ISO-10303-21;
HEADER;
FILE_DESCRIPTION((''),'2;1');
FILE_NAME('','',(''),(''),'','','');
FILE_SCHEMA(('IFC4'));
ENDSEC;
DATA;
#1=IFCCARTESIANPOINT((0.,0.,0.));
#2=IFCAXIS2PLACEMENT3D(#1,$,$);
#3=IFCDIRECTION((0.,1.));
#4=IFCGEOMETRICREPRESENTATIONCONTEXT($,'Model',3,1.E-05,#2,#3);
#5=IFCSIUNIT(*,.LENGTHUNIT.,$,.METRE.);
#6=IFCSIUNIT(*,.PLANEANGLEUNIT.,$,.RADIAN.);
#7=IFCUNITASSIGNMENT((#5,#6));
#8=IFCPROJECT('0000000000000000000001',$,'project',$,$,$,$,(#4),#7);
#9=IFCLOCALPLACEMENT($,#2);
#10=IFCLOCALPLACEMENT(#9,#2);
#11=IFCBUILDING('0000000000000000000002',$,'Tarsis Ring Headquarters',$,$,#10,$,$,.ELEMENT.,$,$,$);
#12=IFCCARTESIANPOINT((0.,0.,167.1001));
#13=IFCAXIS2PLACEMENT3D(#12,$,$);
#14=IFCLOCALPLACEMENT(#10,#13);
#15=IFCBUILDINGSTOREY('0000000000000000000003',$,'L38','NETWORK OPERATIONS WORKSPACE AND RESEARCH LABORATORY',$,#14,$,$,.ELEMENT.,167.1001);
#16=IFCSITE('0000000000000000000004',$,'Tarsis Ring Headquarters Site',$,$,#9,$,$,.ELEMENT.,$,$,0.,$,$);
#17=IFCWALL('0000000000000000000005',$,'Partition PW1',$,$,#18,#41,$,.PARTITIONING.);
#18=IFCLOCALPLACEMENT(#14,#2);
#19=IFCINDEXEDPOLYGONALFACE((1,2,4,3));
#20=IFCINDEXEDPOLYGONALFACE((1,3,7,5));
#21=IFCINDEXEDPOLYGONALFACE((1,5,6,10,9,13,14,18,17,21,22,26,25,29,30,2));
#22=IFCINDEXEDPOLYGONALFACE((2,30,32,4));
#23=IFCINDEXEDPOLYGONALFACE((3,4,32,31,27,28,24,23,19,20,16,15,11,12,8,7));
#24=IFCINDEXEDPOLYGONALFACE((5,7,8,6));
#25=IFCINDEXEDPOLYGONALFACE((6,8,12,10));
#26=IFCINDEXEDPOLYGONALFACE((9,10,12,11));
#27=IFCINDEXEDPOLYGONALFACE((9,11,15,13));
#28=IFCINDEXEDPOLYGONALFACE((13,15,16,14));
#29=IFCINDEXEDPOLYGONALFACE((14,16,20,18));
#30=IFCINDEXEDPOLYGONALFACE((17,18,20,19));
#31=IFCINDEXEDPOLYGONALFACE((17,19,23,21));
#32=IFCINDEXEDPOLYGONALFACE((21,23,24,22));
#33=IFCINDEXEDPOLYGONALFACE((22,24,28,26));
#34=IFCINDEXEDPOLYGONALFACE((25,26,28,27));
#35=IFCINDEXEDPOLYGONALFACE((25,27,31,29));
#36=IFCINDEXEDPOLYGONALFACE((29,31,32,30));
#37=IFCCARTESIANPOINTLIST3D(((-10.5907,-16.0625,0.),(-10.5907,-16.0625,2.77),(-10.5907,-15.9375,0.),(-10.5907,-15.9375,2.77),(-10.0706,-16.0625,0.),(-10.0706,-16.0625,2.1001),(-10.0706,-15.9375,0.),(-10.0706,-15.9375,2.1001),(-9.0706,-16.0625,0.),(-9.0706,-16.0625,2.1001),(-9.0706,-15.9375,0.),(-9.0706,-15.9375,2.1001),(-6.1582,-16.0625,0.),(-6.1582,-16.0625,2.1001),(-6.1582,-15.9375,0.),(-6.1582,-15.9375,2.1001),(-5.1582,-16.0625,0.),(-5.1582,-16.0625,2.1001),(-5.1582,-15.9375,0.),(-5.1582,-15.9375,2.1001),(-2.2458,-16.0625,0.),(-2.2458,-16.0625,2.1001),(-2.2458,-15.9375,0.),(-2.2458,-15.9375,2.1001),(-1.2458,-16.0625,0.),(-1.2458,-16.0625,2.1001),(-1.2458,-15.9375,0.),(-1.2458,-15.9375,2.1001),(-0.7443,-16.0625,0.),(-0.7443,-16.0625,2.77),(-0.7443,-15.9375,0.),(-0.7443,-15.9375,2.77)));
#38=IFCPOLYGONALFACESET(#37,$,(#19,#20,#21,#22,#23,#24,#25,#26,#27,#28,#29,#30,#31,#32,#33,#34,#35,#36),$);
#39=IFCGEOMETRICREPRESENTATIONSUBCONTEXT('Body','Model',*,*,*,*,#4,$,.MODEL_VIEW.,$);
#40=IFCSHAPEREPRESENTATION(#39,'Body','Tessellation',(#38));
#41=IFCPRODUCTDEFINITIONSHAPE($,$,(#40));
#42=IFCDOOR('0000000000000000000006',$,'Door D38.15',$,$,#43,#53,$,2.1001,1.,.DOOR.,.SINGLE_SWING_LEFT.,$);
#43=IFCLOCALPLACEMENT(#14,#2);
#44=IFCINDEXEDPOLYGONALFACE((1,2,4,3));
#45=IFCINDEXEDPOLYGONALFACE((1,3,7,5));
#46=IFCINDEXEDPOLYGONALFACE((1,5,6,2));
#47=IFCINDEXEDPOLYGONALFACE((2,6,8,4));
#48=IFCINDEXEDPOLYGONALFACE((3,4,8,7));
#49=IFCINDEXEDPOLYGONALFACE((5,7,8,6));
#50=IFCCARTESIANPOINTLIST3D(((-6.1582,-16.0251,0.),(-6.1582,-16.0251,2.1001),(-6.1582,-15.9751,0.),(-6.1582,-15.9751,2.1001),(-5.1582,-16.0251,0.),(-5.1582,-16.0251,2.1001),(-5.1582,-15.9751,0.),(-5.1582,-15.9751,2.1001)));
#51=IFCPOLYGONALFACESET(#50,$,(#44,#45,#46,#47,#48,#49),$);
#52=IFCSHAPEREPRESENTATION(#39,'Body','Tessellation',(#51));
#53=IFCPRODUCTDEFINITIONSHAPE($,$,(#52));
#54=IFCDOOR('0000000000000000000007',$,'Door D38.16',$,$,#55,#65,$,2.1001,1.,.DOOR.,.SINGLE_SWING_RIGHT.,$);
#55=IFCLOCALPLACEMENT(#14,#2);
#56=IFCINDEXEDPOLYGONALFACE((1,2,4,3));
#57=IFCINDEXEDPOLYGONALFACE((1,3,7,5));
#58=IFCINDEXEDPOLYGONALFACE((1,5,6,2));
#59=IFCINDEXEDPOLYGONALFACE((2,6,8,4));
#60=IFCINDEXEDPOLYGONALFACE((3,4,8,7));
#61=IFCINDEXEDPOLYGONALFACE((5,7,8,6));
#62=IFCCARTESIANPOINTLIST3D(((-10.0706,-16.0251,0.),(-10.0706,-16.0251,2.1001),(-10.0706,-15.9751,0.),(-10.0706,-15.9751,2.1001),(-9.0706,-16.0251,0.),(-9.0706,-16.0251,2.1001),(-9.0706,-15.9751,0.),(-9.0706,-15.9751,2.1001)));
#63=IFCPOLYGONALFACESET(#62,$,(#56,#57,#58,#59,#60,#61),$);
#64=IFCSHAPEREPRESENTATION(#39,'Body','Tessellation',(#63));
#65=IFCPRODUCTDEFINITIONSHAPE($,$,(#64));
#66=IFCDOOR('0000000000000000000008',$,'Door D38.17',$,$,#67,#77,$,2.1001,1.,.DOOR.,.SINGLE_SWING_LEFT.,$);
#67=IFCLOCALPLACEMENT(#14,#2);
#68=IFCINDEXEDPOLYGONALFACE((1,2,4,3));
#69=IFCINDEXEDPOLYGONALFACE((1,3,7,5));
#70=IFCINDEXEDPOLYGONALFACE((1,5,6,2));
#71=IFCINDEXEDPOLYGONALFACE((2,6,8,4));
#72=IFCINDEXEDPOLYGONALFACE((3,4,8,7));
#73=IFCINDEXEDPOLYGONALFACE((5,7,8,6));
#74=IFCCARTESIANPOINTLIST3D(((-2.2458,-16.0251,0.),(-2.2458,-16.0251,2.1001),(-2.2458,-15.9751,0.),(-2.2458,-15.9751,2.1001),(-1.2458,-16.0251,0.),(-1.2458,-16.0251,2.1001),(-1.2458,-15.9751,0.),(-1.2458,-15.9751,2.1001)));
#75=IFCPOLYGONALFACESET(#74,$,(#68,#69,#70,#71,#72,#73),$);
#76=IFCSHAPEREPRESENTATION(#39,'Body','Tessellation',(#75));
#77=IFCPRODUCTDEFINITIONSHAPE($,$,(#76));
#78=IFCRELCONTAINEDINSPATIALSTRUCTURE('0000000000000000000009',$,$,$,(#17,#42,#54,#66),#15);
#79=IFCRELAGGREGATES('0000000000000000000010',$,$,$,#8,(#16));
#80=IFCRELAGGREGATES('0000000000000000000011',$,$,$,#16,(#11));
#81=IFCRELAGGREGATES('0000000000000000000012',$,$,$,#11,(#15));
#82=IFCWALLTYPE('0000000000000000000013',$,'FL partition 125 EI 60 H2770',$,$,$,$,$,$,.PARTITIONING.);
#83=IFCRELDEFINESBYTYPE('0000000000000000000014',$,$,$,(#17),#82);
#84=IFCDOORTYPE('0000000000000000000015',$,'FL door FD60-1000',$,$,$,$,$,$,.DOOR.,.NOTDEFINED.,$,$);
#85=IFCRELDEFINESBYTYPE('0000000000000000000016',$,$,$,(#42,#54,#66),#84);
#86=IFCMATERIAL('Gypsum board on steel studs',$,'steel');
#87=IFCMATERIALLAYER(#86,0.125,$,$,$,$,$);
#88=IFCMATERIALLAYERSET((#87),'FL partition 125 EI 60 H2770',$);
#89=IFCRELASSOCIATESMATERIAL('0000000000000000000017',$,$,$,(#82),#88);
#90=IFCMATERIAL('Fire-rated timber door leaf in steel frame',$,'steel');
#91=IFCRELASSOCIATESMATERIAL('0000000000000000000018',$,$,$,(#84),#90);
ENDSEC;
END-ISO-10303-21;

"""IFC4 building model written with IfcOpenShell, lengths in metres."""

from ifc_helpers import new_model, si_unit, direction, frame, frame_2d, origin, place, context, subcontext, project, spatial, rectangle, extrude, material, layer, layer_set, type_object, element, fill, save


model = new_model("IFC4")

# Units and contexts
model_context = context("Model", 3, precision=1e-05, world=origin(), true_north=direction((0.0, 1.0)))
body_context = subcontext(model_context, "Body", "Model", "MODEL_VIEW")
ifc_project = project(units=[si_unit("LENGTHUNIT", "METRE"), si_unit("PLANEANGLEUNIT", "RADIAN")], contexts=[model_context])

# Site, building, storey
site_placement = place(None, origin())
site = spatial("IfcSite", under=ifc_project, at=site_placement, Name="Tarsis Ring Headquarters Site", CompositionType="ELEMENT", RefElevation=0.0)
building_placement = place(site_placement, origin())
building = spatial("IfcBuilding", under=site, at=building_placement, Name="Tarsis Ring Headquarters", CompositionType="ELEMENT")
storey_placement = place(building_placement, frame((0.0, 0.0, 167.1001)))
storey = spatial("IfcBuildingStorey", under=building, at=storey_placement, Name="L38", Description="NETWORK OPERATIONS WORKSPACE AND RESEARCH LABORATORY", CompositionType="ELEMENT", Elevation=167.1001)

# Shared definitions
ifc_material_1 = material(Name="Gypsum board on steel studs", Category="steel")
ifc_layer_1 = layer(ifc_material_1, 0.125)
ifc_layer_set_1 = layer_set([ifc_layer_1], Name="FL partition 125 EI 60 H2770")
wall_type_1 = type_object("IfcWallType", Name="FL partition 125 EI 60 H2770", PredefinedType="PARTITIONING", material=ifc_layer_set_1)

# Wall, openings, doors
wall_1_placement = place(storey_placement, frame((-10.5908, -16.0, 0.0), z_axis=(0.0, 0.0, 1.0), x_axis=(1.0, 0.0, 0.0)))
wall_1 = element("IfcWall", 1, at=wall_1_placement, inside=storey, type_object=wall_type_1, Name="Partition PW1", PredefinedType="PARTITIONING", context=body_context, shape_type="SweptSolid", body=[
    extrude(rectangle(XDim=9.8464, YDim=0.125, at=frame_2d((4.9233, 0.0))), origin(), (0.0, 0.0, 1.0), 2.77),
])
opening_1_placement = place(wall_1_placement, frame((4.4326, 0.0, 0.0)))
opening_1 = element("IfcOpeningElement", 2, at=opening_1_placement, cuts=wall_1, PredefinedType="OPENING", context=body_context, shape_type="SweptSolid", body=[
    extrude(rectangle(XDim=1.0, YDim=2.1001, at=frame_2d((0.5, 1.05))), frame((0.0, 0.0725, 0.0), z_axis=(0.0, -1.0, 0.0), x_axis=(1.0, 0.0, 0.0)), (0.0, 0.0, 1.0), 0.145),
])
opening_2_placement = place(wall_1_placement, frame((0.5203, 0.0, 0.0)))
opening_2 = element("IfcOpeningElement", 3, at=opening_2_placement, cuts=wall_1, PredefinedType="OPENING", context=body_context, shape_type="SweptSolid", body=[
    extrude(rectangle(XDim=1.0, YDim=2.1001, at=frame_2d((0.5, 1.05))), frame((0.0, 0.0725, 0.0), z_axis=(0.0, -1.0, 0.0), x_axis=(1.0, 0.0, 0.0)), (0.0, 0.0, 1.0), 0.145),
])
opening_3_placement = place(wall_1_placement, frame((8.345, 0.0, 0.0)))
opening_3 = element("IfcOpeningElement", 4, at=opening_3_placement, cuts=wall_1, PredefinedType="OPENING", context=body_context, shape_type="SweptSolid", body=[
    extrude(rectangle(XDim=1.0, YDim=2.1001, at=frame_2d((0.5, 1.05))), frame((0.0, 0.0725, 0.0), z_axis=(0.0, -1.0, 0.0), x_axis=(1.0, 0.0, 0.0)), (0.0, 0.0, 1.0), 0.145),
])
ifc_material_2 = material(Name="Fire-rated timber door leaf in steel frame", Category="steel")
door_type_1 = type_object("IfcDoorType", Name="FL door FD60-1000", OperationType="NOTDEFINED", PredefinedType="DOOR", material=ifc_material_2)
door_1_placement = place(opening_1_placement, origin())
door_1 = element("IfcDoor", 5, at=door_1_placement, inside=storey, type_object=door_type_1, Name="Door D38.15", OperationType="SINGLE_SWING_LEFT", OverallHeight=2.1001, OverallWidth=1.0, PredefinedType="DOOR", context=body_context, shape_type="SweptSolid", body=[
    extrude(rectangle(XDim=1.0, YDim=2.1001, at=frame_2d((0.5, 1.05))), frame((0.0, 0.0249, 0.0), z_axis=(0.0, -1.0, 0.0), x_axis=(1.0, 0.0, 0.0)), (0.0, 0.0, 1.0), 0.05),
])
fill(opening_1, door_1)
door_2_placement = place(opening_2_placement, origin())
door_2 = element("IfcDoor", 6, at=door_2_placement, inside=storey, type_object=door_type_1, Name="Door D38.16", OperationType="SINGLE_SWING_RIGHT", OverallHeight=2.1001, OverallWidth=1.0, PredefinedType="DOOR", context=body_context, shape_type="SweptSolid", body=[
    extrude(rectangle(XDim=1.0, YDim=2.1001, at=frame_2d((0.5, 1.05))), frame((0.0, 0.0249, 0.0), z_axis=(0.0, -1.0, 0.0), x_axis=(1.0, 0.0, 0.0)), (0.0, 0.0, 1.0), 0.05),
])
fill(opening_2, door_2)
door_3_placement = place(opening_3_placement, origin())
door_3 = element("IfcDoor", 7, at=door_3_placement, inside=storey, type_object=door_type_1, Name="Door D38.17", OperationType="SINGLE_SWING_LEFT", OverallHeight=2.1001, OverallWidth=1.0, PredefinedType="DOOR", context=body_context, shape_type="SweptSolid", body=[
    extrude(rectangle(XDim=1.0, YDim=2.1001, at=frame_2d((0.5, 1.05))), frame((0.0, 0.0249, 0.0), z_axis=(0.0, -1.0, 0.0), x_axis=(1.0, 0.0, 0.0)), (0.0, 0.0, 1.0), 0.05),
])
fill(opening_3, door_3)

save(model, "model.ifc")
